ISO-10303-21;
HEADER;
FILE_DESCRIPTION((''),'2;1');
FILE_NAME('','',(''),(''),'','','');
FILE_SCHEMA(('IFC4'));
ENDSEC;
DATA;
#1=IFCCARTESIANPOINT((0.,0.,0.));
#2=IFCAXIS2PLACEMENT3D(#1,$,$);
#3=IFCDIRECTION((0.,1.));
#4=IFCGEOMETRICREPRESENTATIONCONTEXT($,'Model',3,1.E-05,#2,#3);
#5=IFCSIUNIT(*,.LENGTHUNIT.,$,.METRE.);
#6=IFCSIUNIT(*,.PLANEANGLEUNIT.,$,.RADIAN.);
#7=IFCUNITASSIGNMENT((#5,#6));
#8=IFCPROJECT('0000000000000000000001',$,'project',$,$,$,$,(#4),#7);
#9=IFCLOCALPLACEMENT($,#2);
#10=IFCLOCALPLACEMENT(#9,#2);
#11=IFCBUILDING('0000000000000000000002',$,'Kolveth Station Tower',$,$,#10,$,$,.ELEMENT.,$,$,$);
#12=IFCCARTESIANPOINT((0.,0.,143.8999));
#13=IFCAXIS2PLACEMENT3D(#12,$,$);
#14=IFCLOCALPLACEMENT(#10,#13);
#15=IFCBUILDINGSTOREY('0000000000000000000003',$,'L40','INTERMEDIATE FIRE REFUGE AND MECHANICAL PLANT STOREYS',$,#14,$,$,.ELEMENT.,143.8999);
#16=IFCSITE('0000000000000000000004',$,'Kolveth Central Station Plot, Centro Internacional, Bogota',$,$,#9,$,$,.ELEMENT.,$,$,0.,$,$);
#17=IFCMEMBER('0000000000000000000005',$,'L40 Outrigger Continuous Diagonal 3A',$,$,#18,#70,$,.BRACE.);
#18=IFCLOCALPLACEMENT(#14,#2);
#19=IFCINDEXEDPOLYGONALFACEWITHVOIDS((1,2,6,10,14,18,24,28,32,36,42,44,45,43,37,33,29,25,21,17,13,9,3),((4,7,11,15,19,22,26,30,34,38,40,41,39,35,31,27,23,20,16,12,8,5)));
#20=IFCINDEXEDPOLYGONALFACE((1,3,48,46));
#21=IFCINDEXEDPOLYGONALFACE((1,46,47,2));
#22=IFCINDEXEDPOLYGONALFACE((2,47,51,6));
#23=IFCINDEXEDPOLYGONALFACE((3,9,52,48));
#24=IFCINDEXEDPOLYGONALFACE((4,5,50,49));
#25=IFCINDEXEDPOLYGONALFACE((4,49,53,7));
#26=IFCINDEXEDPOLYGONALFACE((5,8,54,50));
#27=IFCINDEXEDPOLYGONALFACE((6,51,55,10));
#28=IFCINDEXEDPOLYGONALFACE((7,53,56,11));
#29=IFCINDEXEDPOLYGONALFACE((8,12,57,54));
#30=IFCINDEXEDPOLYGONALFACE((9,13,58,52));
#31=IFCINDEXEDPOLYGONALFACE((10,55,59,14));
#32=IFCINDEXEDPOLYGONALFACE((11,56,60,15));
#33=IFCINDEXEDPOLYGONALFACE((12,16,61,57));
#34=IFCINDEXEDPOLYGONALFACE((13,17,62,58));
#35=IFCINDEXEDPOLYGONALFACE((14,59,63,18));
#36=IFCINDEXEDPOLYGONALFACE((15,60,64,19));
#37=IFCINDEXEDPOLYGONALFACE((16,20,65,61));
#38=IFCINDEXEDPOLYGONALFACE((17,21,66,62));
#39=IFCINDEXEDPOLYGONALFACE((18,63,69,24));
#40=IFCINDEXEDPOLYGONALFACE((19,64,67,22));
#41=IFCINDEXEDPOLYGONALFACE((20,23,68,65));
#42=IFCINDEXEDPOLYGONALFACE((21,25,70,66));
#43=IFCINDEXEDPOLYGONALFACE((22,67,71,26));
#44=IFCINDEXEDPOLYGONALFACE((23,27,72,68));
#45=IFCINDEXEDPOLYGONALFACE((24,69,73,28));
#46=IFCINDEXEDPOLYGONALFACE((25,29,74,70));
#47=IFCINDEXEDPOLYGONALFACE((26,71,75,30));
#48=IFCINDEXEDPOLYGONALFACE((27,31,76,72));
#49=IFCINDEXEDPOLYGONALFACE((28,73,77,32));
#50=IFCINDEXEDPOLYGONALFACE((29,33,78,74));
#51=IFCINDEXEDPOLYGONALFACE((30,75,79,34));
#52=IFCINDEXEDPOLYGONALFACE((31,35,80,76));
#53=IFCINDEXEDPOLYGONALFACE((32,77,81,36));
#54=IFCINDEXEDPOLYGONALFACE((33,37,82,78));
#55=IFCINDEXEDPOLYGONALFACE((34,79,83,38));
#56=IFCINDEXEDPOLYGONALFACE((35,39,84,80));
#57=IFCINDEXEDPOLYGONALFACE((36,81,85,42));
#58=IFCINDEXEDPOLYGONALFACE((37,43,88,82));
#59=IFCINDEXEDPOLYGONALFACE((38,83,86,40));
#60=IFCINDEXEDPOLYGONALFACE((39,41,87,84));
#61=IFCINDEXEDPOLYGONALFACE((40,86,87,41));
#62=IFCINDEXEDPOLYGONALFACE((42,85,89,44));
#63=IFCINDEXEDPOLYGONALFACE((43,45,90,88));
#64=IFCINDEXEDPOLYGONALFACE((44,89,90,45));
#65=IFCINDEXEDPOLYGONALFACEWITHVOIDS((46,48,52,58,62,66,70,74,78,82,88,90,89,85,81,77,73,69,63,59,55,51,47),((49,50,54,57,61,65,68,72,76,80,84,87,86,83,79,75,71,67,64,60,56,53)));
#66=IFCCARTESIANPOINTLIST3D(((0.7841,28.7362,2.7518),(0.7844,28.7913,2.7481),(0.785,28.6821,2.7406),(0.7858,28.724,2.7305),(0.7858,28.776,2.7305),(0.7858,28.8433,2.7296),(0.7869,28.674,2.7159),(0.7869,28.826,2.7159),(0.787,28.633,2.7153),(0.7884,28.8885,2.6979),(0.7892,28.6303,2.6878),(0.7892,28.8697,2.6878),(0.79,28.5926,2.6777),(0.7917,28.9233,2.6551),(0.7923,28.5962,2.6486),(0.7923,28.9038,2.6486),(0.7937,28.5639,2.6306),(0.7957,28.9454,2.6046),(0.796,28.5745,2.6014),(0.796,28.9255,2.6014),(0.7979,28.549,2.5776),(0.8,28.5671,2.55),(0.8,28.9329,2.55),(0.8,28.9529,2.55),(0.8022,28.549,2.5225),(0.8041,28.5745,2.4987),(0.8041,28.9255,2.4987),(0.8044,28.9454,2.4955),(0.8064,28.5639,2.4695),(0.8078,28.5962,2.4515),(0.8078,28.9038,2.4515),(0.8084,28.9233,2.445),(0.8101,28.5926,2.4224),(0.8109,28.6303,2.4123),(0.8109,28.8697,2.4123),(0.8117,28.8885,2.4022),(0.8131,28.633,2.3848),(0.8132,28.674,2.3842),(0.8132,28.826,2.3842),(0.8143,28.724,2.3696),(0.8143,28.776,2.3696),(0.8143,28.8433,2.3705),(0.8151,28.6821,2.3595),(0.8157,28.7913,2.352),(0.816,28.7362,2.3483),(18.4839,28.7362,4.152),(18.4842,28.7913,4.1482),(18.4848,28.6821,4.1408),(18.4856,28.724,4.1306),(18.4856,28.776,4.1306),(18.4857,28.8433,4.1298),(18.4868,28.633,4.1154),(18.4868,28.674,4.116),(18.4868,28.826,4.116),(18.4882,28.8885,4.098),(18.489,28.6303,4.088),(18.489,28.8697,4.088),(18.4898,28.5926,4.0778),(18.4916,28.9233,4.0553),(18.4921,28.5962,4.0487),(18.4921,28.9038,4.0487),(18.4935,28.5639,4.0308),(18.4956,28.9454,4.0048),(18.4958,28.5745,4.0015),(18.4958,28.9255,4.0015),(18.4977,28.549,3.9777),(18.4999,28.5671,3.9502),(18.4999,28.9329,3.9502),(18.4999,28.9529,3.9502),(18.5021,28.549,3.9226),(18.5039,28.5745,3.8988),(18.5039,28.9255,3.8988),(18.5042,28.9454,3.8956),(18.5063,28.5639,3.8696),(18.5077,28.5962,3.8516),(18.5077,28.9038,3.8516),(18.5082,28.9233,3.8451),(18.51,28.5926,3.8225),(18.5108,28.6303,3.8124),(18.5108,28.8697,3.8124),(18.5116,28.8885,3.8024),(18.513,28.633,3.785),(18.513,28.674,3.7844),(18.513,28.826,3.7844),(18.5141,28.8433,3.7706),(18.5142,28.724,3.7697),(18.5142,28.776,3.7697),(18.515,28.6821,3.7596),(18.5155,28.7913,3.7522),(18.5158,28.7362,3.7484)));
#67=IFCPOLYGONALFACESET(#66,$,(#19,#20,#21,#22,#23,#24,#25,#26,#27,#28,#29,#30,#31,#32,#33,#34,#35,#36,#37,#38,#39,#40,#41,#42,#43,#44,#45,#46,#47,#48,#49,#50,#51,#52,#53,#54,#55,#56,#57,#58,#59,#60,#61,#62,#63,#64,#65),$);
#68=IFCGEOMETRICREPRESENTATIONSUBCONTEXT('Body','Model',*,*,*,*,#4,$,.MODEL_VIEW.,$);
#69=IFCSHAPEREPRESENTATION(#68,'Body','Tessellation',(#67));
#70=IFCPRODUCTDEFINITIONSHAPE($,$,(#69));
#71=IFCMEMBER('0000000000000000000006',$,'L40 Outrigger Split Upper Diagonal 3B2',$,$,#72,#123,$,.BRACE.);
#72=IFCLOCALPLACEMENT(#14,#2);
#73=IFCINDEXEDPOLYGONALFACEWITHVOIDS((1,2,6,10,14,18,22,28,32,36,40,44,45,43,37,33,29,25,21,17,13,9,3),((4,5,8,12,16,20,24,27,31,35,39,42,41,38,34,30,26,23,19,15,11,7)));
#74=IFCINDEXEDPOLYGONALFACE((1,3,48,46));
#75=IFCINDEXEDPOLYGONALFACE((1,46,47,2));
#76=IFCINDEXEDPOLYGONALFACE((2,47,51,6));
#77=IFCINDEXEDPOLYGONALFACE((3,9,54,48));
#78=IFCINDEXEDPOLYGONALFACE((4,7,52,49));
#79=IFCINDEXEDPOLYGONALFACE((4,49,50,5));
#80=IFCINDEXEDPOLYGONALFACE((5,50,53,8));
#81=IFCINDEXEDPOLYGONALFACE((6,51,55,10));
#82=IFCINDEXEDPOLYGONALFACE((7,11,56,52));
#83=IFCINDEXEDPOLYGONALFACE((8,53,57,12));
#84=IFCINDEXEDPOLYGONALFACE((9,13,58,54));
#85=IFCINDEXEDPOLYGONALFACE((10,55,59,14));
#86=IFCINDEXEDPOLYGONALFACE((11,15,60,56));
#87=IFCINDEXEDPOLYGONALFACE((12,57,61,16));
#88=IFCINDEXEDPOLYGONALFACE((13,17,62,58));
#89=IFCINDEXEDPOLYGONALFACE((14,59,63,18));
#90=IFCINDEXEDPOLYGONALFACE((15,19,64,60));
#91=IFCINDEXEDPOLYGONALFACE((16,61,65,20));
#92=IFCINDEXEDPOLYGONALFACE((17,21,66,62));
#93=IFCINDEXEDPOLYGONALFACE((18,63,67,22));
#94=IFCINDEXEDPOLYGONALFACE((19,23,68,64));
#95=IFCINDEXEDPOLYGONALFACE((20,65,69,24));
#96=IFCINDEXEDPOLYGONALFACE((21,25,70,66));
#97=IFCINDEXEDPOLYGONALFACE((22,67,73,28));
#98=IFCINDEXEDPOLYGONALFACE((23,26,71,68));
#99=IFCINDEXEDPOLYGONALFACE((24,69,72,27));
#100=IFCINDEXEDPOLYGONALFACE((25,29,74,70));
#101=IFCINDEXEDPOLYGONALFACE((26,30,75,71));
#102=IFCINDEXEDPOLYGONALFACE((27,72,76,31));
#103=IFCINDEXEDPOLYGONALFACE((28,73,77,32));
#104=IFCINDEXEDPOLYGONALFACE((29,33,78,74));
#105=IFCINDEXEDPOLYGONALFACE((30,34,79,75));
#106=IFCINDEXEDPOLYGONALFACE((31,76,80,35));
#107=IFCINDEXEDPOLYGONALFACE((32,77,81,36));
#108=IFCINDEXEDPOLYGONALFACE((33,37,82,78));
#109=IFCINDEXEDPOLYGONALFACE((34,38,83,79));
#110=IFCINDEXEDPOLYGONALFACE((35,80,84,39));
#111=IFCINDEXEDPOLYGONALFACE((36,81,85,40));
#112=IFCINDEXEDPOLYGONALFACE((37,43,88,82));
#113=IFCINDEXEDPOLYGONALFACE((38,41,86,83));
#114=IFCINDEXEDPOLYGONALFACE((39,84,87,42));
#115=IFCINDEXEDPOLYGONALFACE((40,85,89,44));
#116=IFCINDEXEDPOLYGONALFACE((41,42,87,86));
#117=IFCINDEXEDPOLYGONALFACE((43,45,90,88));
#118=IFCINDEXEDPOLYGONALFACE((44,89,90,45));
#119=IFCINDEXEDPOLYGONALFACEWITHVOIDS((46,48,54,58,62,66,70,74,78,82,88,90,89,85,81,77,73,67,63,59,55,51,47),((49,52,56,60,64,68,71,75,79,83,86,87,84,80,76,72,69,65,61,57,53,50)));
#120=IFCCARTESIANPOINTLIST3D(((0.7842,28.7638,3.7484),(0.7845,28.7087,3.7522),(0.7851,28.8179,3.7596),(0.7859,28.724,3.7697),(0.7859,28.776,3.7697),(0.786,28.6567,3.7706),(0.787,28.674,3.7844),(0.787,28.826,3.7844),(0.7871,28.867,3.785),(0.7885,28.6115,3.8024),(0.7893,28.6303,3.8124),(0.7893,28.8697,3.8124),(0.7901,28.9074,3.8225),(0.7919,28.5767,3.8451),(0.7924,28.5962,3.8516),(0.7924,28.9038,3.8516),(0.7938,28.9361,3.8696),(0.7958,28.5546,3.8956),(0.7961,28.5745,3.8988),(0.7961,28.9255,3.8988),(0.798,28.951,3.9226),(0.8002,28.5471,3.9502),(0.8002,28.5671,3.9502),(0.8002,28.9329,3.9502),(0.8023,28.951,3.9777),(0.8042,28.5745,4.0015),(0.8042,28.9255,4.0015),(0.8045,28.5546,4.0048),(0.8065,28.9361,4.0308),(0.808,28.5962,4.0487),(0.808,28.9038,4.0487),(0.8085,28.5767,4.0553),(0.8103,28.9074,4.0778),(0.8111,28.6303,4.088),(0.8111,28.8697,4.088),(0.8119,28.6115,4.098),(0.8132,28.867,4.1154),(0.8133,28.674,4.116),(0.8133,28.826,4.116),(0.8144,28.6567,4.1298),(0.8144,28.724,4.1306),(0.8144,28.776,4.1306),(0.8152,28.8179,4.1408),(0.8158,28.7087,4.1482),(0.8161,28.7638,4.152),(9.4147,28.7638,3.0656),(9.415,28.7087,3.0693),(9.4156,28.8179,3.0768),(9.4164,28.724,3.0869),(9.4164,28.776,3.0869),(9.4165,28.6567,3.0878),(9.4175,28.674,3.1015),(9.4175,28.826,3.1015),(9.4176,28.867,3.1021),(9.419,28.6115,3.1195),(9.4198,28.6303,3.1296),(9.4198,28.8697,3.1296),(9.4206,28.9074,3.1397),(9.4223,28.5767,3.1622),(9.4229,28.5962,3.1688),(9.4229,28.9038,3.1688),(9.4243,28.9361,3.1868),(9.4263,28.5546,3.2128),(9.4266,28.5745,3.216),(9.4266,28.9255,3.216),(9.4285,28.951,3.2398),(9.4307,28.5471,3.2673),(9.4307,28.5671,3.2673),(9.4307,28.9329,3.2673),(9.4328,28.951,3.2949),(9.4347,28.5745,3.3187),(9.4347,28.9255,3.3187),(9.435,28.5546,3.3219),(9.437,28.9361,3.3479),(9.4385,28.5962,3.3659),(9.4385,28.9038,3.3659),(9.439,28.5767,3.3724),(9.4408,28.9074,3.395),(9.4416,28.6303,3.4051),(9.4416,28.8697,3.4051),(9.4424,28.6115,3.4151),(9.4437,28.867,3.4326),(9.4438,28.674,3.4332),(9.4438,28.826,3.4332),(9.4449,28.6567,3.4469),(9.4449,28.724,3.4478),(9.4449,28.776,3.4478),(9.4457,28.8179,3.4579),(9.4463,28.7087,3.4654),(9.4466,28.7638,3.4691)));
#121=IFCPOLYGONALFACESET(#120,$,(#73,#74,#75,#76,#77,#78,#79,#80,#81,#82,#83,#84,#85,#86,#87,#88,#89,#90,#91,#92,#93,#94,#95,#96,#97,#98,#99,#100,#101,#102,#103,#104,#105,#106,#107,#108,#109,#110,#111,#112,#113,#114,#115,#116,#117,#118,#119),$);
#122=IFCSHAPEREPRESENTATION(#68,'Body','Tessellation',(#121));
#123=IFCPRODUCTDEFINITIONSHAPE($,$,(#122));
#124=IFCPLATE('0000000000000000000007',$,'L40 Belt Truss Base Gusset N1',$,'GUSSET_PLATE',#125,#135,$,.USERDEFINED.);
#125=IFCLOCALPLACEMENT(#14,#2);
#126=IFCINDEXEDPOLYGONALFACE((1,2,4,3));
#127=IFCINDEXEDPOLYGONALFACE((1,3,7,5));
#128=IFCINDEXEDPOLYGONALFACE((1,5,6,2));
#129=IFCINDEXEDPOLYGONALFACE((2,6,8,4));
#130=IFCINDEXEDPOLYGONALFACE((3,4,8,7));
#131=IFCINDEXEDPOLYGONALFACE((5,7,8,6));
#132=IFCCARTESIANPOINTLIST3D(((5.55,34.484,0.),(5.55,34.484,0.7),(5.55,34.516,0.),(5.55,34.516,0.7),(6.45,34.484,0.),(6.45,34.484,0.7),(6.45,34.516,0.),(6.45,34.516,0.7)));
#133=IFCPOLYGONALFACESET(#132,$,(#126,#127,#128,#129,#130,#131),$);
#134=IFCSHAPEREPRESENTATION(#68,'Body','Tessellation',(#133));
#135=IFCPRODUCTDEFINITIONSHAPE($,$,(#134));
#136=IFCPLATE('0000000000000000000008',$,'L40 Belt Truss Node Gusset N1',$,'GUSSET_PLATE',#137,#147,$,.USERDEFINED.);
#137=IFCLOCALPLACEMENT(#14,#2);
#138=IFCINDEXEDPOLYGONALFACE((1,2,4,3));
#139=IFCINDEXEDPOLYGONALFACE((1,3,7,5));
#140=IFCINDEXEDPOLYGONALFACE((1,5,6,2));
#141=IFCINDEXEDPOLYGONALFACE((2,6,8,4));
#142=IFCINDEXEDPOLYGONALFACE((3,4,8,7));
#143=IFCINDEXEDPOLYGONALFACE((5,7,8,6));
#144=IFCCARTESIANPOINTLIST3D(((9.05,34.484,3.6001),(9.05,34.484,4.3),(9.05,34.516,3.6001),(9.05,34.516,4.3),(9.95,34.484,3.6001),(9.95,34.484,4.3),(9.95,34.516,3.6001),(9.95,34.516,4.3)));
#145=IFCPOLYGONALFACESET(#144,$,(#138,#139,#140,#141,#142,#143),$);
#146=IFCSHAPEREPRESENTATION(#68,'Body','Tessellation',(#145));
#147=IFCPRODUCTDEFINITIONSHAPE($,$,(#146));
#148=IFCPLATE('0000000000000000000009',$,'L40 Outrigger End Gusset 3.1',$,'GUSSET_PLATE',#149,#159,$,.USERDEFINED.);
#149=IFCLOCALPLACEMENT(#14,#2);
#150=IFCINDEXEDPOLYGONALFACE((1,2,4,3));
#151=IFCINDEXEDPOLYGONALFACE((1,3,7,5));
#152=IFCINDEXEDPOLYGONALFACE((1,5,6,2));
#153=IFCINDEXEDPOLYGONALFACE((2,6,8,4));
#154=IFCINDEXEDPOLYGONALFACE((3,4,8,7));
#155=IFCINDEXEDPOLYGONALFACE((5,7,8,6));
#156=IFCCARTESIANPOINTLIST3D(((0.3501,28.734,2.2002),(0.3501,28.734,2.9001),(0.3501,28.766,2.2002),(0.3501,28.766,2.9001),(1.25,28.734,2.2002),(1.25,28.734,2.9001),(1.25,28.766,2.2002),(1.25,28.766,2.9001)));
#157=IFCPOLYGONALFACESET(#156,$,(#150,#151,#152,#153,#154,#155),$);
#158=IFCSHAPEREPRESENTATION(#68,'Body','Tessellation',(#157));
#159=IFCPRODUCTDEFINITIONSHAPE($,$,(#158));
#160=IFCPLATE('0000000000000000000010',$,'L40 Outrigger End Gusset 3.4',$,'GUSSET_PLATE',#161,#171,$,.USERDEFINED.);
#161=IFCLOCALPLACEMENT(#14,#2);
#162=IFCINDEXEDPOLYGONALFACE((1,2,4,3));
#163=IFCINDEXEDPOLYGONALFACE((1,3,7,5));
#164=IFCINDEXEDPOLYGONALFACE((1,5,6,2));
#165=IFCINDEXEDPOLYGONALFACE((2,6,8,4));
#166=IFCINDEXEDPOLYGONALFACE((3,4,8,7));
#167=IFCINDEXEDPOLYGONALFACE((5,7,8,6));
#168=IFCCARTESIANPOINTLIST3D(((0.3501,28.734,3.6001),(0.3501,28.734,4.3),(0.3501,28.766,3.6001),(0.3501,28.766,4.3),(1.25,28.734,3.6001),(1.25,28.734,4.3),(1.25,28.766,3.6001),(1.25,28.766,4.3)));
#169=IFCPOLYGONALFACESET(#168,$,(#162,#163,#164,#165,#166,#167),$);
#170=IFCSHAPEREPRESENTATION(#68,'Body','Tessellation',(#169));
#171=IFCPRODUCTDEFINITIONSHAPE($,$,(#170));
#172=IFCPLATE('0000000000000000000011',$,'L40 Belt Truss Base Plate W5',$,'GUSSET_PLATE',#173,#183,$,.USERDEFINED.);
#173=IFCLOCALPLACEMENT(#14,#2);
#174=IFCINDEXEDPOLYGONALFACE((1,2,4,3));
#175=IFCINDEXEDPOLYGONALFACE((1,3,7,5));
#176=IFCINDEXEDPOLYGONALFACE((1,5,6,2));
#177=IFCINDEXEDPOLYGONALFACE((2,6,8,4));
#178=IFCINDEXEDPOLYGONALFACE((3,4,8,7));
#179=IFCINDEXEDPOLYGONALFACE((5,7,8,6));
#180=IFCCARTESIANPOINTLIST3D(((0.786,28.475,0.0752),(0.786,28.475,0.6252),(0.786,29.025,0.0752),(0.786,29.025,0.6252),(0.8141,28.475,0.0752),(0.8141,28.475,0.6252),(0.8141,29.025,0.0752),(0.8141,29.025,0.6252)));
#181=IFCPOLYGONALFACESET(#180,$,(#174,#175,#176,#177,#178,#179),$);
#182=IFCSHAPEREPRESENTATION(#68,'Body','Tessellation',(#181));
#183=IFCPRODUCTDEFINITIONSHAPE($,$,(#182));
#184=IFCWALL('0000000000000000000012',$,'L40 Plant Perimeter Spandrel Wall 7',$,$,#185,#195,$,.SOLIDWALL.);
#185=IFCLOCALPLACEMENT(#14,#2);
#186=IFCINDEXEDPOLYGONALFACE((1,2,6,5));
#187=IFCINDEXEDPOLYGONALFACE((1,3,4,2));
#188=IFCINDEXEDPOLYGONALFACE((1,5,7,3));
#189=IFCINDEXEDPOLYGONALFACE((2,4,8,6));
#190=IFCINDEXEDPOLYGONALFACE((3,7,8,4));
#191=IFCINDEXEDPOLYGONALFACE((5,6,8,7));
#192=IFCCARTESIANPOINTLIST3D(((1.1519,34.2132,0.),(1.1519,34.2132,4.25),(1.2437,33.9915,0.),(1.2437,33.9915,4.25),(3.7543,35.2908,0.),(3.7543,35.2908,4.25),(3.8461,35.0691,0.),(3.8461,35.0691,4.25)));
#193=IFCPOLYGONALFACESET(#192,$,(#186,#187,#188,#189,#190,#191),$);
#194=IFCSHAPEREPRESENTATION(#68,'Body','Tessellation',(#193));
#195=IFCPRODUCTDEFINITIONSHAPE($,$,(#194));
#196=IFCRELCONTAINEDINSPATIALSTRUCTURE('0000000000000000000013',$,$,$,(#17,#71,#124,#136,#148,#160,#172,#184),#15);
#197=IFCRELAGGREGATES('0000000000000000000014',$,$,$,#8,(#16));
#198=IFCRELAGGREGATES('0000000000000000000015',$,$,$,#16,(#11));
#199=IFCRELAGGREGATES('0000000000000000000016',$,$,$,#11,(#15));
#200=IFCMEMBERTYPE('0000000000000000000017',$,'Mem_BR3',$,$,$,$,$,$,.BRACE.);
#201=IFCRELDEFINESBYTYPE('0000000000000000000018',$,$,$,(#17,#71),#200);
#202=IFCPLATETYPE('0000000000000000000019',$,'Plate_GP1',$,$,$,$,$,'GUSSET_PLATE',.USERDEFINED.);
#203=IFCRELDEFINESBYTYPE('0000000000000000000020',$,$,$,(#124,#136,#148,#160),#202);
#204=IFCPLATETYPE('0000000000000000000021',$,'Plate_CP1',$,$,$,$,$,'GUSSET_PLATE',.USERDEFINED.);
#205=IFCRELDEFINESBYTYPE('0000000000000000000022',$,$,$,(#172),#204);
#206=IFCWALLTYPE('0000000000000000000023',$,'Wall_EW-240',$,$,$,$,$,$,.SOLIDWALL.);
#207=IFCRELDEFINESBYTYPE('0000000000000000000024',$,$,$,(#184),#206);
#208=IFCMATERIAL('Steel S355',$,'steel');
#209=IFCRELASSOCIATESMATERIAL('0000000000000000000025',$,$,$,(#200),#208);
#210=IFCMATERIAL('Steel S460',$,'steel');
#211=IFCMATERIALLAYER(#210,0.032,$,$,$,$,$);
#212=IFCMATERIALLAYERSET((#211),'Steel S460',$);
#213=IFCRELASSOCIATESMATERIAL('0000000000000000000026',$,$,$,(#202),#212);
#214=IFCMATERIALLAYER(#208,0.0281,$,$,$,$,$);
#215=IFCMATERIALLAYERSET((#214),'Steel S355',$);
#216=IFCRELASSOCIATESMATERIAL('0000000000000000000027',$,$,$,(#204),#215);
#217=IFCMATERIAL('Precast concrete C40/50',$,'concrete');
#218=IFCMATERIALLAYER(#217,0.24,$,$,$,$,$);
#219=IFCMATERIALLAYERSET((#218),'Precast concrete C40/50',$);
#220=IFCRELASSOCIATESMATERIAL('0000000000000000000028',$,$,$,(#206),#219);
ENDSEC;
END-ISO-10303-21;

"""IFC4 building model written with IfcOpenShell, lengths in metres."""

from ifc_helpers import new_model, si_unit, direction, frame, frame_2d, origin, origin_2d, place, context, subcontext, project, spatial, rectangle, hollow_circle, extrude, source, transform, mapped, material, layer, layer_set, material_profile, profile_set, type_object, element, save


model = new_model("IFC4")

# Units and contexts
model_context = context("Model", 3, precision=1e-05, world=origin(), true_north=direction((0.0, 1.0)))
body_context = subcontext(model_context, "Body", "Model", "MODEL_VIEW")
ifc_project = project(units=[si_unit("LENGTHUNIT", "METRE"), si_unit("PLANEANGLEUNIT", "RADIAN")], contexts=[model_context])

# Site, building, storey
site_placement = place(None, origin())
site = spatial("IfcSite", under=ifc_project, at=site_placement, Name="Kolveth Central Station Plot, Centro Internacional, Bogota", CompositionType="ELEMENT", RefElevation=0.0)
building_placement = place(site_placement, origin())
building = spatial("IfcBuilding", under=site, at=building_placement, Name="Kolveth Station Tower", CompositionType="ELEMENT")
storey_placement = place(building_placement, frame((0.0, 0.0, 143.8999)))
storey = spatial("IfcBuildingStorey", under=building, at=storey_placement, Name="L40", Description="INTERMEDIATE FIRE REFUGE AND MECHANICAL PLANT STOREYS", CompositionType="ELEMENT", Elevation=143.8999)

# Shared definitions
ifc_material_1 = material(Name="Steel S460", Category="steel")

# Shared definitions
ifc_material_2 = material(Name="Steel S355", Category="steel")

# Members
ifc_material_profile_1 = material_profile(ifc_material_2, hollow_circle(Radius=0.2029, WallThickness=0.02, at=origin_2d()), Name="CHS406x20")
ifc_profile_set_1 = profile_set([ifc_material_profile_1], Name="Steel S355")
member_type_1 = type_object("IfcMemberType", Name="Mem_BR3", PredefinedType="BRACE", material=ifc_profile_set_1)
shared_shape_1 = source(origin(), body_context, "Body", "SweptSolid", [
    extrude(hollow_circle(Radius=0.2029, WallThickness=0.02, at=origin_2d()), origin(), (0.0, 0.0, 1.0), 17.7551),
])
member_1_placement = place(storey_placement, frame((0.8, 28.75, 2.55), z_axis=(0.996886, 0.0, 0.078858), x_axis=(0.0, 1.0, 0.0)))
element("IfcMember", 1, at=member_1_placement, inside=storey, type_object=member_type_1, Name="L40 Outrigger Continuous Diagonal 3A", PredefinedType="BRACE", context=body_context, shape_type="MappedRepresentation", body=[
    mapped(shared_shape_1, transform((0.0, 0.0, 0.0), x_axis=(1.0, 0.0, 0.0), y_axis=(0.0, 1.0, 0.0), z_axis=(0.0, 0.0, 1.0), scale=1.0)),
])
shared_shape_2 = source(origin(), body_context, "Body", "SweptSolid", [
    extrude(hollow_circle(Radius=0.2029, WallThickness=0.02, at=origin_2d()), origin(), (0.0, 0.0, 1.0), 8.6575),
])
member_2_placement = place(storey_placement, frame((9.4307, 28.75, 3.2673), z_axis=(-0.996885, 0.0, 0.078874), x_axis=(0.0, -1.0, 0.0)))
element("IfcMember", 2, at=member_2_placement, inside=storey, type_object=member_type_1, Name="L40 Outrigger Split Upper Diagonal 3B2", PredefinedType="BRACE", context=body_context, shape_type="MappedRepresentation", body=[
    mapped(shared_shape_2, transform((0.0, 0.0, 0.0), x_axis=(1.0, 0.0, 0.0), y_axis=(0.0, 1.0, 0.0), z_axis=(0.0, 0.0, 1.0), scale=1.0)),
])

# Plates
ifc_layer_1 = layer(ifc_material_1, 0.032)
ifc_layer_set_1 = layer_set([ifc_layer_1], Name="Steel S460")
plate_type_1 = type_object("IfcPlateType", Name="Plate_GP1", ElementType="GUSSET_PLATE", PredefinedType="USERDEFINED", material=ifc_layer_set_1)
shared_shape_3 = source(origin(), body_context, "Body", "SweptSolid", [
    extrude(rectangle(XDim=0.8999, YDim=0.032, at=origin_2d()), origin(), (0.0, 0.0, 1.0), 0.7),
])
for number, where, z_axis, x_axis, name in (
    (3, (6.0, 34.5, 0.0), (0.0, 0.0, 1.0), (1.0, 0.0, 0.0), "L40 Belt Truss Base Gusset N1"),
    (4, (9.5, 34.5, 3.6001), (0.0, 0.0, 1.0), (1.0, 0.0, 0.0), "L40 Belt Truss Node Gusset N1"),
    (5, (0.8, 28.75, 2.2002), (0.0, 0.0, 1.0), (1.0, 0.0, 0.0), "L40 Outrigger End Gusset 3.1"),
    (6, (0.8, 28.75, 3.6001), (0.0, 0.0, 1.0), (1.0, 0.0, 0.0), "L40 Outrigger End Gusset 3.4"),
):
    element("IfcPlate", number, at=place(storey_placement, frame(where, z_axis=z_axis, x_axis=x_axis)), inside=storey, type_object=plate_type_1, Name=name, ObjectType="GUSSET_PLATE", PredefinedType="USERDEFINED", context=body_context, shape_type="MappedRepresentation", body=[
        mapped(shared_shape_3, transform((0.0, 0.0, 0.0), x_axis=(1.0, 0.0, 0.0), y_axis=(0.0, 1.0, 0.0), z_axis=(0.0, 0.0, 1.0), scale=1.0)),
    ])
ifc_layer_2 = layer(ifc_material_2, 0.0281)
ifc_layer_set_2 = layer_set([ifc_layer_2], Name="Steel S355")
plate_type_2 = type_object("IfcPlateType", Name="Plate_CP1", ElementType="GUSSET_PLATE", PredefinedType="USERDEFINED", material=ifc_layer_set_2)
shared_shape_4 = source(origin(), body_context, "Body", "SweptSolid", [
    extrude(rectangle(XDim=0.0281, YDim=0.55, at=origin_2d()), origin(), (0.0, 0.0, 1.0), 0.55),
])
plate_placement = place(storey_placement, frame((0.8, 28.75, 0.0752), z_axis=(0.0, 0.0, 1.0), x_axis=(1.0, 0.0, 0.0)))
element("IfcPlate", 7, at=plate_placement, inside=storey, type_object=plate_type_2, Name="L40 Belt Truss Base Plate W5", ObjectType="GUSSET_PLATE", PredefinedType="USERDEFINED", context=body_context, shape_type="MappedRepresentation", body=[
    mapped(shared_shape_4, transform((0.0, 0.0, 0.0), x_axis=(1.0, 0.0, 0.0), y_axis=(0.0, 1.0, 0.0), z_axis=(0.0, 0.0, 1.0), scale=1.0)),
])

# Wall
ifc_material_3 = material(Name="Precast concrete C40/50", Category="concrete")
ifc_layer_3 = layer(ifc_material_3, 0.24)
ifc_layer_set_3 = layer_set([ifc_layer_3], Name="Precast concrete C40/50")
wall_type_1 = type_object("IfcWallType", Name="Wall_EW-240", PredefinedType="SOLIDWALL", material=ifc_layer_set_3)
for number, where, z_axis, x_axis, name in (
    (8, (3.8, 35.1799, 0.0), (0.0, 0.0, 1.0), (-0.923913, -0.382602, 0.0), "L40 Plant Perimeter Spandrel Wall 7"),
):
    element("IfcWall", number, at=place(storey_placement, frame(where, z_axis=z_axis, x_axis=x_axis)), inside=storey, type_object=wall_type_1, Name=name, PredefinedType="SOLIDWALL", context=body_context, shape_type="SweptSolid", body=[
        extrude(rectangle(XDim=2.8167, YDim=0.24, at=frame_2d((1.4082, 0.0))), origin(), (0.0, 0.0, 1.0), 4.25),
    ])

save(model, "model.ifc")
